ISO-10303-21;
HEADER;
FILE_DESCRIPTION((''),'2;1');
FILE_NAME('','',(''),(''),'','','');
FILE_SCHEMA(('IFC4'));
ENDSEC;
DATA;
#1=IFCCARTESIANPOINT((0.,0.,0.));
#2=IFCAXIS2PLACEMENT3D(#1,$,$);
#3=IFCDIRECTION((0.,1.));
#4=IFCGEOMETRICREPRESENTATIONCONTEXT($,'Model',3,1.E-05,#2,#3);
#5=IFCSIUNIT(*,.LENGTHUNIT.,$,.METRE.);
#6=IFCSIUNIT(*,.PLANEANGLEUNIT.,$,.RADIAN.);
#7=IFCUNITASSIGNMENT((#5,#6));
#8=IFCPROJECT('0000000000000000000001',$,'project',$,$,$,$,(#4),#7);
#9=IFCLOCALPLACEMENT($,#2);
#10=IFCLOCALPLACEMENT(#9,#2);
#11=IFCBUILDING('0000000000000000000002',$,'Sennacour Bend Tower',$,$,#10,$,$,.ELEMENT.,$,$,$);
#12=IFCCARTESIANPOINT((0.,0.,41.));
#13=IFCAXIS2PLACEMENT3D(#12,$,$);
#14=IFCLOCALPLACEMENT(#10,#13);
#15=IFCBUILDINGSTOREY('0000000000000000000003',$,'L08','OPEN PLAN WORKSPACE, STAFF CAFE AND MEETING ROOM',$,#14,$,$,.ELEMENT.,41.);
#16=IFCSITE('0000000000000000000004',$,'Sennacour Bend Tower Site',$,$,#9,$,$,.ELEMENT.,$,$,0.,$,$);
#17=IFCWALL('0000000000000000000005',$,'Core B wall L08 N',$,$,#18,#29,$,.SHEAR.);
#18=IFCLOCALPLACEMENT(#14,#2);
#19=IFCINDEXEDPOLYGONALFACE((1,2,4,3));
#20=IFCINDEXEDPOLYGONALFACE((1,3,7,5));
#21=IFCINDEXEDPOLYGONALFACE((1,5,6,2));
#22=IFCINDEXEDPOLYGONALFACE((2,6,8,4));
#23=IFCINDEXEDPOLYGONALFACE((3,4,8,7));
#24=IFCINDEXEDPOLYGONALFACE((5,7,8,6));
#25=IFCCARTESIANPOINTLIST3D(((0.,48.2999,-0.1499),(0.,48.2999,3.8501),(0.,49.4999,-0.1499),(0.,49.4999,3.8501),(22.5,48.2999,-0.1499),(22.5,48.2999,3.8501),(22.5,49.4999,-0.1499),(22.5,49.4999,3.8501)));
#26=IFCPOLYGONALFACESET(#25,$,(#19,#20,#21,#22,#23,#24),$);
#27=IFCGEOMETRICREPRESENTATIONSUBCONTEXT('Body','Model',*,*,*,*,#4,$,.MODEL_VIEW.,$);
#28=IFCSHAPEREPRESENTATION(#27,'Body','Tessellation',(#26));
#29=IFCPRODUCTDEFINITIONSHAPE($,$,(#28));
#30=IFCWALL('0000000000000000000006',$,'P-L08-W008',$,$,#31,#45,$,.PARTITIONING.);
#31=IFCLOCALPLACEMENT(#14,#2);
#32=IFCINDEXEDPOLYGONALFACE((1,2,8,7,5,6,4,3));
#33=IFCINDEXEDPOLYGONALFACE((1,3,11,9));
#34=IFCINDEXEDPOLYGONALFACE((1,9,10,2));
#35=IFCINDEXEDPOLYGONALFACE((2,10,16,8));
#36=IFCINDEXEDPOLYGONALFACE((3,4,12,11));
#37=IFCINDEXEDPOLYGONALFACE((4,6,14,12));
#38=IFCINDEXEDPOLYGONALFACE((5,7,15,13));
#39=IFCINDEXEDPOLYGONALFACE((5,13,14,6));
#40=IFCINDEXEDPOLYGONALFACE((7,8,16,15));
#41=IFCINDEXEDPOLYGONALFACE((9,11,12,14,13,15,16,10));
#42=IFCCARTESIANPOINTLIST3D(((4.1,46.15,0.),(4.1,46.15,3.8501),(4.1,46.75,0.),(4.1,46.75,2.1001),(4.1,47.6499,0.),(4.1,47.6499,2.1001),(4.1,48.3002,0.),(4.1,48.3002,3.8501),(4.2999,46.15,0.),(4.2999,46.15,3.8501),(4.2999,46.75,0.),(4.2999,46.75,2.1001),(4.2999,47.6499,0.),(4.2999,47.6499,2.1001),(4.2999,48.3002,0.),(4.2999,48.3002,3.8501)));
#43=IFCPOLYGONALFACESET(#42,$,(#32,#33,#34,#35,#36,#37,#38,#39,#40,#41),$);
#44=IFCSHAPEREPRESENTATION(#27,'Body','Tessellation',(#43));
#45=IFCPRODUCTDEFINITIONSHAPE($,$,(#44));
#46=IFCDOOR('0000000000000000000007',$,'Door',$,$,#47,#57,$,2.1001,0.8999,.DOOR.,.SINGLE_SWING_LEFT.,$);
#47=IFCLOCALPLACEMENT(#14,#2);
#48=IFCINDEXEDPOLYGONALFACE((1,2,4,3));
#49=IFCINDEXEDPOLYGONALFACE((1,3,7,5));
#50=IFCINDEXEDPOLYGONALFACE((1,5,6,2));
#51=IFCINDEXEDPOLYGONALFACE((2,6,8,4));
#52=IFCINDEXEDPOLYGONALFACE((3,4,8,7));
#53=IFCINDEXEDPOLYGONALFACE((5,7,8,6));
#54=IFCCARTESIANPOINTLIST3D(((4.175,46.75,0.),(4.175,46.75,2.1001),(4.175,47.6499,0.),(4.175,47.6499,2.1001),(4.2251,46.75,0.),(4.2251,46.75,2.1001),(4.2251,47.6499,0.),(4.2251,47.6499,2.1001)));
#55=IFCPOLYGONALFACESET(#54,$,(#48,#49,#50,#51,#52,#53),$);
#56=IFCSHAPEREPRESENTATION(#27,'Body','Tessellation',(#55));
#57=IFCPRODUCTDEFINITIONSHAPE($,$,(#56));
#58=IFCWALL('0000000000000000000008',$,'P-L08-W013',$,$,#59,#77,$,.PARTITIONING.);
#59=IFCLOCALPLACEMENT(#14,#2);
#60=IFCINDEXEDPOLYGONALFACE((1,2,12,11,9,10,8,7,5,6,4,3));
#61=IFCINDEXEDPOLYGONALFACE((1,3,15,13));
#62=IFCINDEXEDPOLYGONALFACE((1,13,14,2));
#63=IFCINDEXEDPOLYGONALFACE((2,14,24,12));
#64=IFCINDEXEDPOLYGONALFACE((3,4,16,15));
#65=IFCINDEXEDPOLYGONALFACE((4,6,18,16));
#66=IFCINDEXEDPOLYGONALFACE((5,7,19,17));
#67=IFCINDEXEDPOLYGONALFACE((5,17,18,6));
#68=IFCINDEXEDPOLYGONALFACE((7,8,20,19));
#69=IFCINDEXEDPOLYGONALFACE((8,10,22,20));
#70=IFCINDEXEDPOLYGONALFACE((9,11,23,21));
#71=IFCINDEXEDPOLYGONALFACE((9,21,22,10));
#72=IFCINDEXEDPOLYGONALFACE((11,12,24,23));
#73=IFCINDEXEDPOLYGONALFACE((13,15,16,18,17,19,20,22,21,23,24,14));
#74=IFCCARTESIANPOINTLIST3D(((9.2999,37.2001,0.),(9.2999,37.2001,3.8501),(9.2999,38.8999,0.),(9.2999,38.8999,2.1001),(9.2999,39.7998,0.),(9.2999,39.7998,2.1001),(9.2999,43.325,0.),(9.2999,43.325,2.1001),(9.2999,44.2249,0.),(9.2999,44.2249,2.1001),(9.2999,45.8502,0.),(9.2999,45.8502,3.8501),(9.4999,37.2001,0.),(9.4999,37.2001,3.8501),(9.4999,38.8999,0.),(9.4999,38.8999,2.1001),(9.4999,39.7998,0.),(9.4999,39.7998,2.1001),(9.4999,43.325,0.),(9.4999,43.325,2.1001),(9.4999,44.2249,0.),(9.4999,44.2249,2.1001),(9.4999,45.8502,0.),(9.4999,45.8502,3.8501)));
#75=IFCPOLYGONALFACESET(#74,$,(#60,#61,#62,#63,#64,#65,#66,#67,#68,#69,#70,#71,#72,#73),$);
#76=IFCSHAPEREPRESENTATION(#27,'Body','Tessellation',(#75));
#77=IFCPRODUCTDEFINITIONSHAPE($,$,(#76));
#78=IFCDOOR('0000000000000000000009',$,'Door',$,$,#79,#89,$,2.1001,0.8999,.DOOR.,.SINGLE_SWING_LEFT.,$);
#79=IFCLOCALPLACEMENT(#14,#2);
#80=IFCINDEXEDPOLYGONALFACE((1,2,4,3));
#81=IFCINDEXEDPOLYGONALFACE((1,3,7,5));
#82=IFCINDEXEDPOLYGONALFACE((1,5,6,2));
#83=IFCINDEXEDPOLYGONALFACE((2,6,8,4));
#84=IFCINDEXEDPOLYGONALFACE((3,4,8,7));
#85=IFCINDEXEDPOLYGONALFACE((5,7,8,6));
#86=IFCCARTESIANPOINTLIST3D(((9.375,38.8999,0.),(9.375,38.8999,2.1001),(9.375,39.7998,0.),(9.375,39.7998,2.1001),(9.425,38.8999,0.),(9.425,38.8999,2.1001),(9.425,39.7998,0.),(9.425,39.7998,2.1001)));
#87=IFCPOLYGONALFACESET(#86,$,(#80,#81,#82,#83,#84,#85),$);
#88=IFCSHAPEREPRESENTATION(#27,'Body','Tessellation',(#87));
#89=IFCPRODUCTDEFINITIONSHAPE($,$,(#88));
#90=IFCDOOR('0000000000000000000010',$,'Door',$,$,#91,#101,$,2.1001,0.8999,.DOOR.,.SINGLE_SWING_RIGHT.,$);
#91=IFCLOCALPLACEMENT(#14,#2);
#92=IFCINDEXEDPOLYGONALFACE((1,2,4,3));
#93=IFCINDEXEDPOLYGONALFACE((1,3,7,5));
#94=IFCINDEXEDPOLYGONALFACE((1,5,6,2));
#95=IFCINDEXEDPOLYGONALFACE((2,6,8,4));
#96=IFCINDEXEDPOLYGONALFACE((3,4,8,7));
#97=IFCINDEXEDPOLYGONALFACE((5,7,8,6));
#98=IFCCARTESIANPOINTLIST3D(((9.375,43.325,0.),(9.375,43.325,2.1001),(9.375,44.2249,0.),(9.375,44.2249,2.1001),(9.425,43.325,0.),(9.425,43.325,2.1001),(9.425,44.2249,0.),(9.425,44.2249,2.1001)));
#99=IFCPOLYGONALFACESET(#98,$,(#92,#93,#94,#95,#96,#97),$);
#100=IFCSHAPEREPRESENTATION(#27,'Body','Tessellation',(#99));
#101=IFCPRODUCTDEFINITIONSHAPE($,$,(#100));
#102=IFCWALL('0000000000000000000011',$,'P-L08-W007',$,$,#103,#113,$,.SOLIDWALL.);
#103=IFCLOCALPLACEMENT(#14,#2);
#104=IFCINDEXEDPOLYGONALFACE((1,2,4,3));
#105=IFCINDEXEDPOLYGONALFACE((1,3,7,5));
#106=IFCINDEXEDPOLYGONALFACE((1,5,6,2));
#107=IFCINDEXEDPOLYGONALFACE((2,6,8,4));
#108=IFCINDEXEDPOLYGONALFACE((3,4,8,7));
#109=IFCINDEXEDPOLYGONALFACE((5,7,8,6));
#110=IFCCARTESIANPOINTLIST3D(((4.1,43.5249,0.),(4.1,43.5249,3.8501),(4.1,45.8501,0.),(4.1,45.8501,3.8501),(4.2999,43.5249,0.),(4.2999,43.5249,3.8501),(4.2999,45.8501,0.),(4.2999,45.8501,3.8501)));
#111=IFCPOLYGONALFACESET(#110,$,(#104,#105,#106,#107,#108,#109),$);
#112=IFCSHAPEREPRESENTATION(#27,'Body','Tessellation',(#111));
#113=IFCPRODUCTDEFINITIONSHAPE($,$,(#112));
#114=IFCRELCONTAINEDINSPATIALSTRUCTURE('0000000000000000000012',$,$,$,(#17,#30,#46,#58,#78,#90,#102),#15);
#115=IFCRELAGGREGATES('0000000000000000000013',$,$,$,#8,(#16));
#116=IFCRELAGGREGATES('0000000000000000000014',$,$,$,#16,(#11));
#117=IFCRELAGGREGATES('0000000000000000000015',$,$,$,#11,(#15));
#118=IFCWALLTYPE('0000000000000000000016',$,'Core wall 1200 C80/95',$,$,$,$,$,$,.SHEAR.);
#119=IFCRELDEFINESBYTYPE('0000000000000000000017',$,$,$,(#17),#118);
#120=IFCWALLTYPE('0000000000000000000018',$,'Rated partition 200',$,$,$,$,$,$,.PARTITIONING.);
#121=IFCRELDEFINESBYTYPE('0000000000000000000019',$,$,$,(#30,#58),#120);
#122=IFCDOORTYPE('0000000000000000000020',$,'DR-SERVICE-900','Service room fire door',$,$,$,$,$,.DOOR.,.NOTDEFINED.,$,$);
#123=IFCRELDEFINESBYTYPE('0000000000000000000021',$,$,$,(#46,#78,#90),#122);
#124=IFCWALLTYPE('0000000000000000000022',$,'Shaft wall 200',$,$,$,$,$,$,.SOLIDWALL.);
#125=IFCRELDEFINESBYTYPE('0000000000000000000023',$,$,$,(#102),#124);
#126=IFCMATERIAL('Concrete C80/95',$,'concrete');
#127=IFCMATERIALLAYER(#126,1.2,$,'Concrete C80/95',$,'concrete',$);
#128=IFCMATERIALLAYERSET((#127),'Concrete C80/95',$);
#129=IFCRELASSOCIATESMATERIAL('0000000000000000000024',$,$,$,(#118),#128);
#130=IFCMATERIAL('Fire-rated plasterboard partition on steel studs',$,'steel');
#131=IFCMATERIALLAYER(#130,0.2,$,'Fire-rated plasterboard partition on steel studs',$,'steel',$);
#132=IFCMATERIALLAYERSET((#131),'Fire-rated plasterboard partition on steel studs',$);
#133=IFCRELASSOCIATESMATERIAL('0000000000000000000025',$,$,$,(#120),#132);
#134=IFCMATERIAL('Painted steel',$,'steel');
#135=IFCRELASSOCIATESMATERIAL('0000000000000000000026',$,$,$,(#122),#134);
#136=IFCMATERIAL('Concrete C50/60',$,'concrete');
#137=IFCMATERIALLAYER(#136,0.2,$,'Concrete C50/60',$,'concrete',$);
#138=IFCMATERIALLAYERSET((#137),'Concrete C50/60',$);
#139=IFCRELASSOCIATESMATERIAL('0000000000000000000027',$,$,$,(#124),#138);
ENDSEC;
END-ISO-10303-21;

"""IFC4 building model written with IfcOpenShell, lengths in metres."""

from ifc_helpers import new_model, si_unit, direction, frame, frame_2d, origin, place, context, subcontext, project, spatial, rectangle, extrude, material, layer, layer_set, type_object, element, fill, save


model = new_model("IFC4")

# Units and contexts
model_context = context("Model", 3, precision=1e-05, world=origin(), true_north=direction((0.0, 1.0)))
body_context = subcontext(model_context, "Body", "Model", "MODEL_VIEW")
ifc_project = project(units=[si_unit("LENGTHUNIT", "METRE"), si_unit("PLANEANGLEUNIT", "RADIAN")], contexts=[model_context])

# Site, building, storey
site_placement = place(None, origin())
site = spatial("IfcSite", under=ifc_project, at=site_placement, Name="Sennacour Bend Tower Site", CompositionType="ELEMENT", RefElevation=0.0)
building_placement = place(site_placement, origin())
building = spatial("IfcBuilding", under=site, at=building_placement, Name="Sennacour Bend Tower", CompositionType="ELEMENT")
storey_placement = place(building_placement, frame((0.0, 0.0, 41.0)))
storey = spatial("IfcBuildingStorey", under=building, at=storey_placement, Name="L08", Description="OPEN PLAN WORKSPACE, STAFF CAFE AND MEETING ROOM", CompositionType="ELEMENT", Elevation=41.0)

# Wall
ifc_material_1 = material(Name="Concrete C80/95", Category="concrete")
ifc_layer_1 = layer(ifc_material_1, 1.2, Name="Concrete C80/95", Category="concrete")
ifc_layer_set_1 = layer_set([ifc_layer_1], Name="Concrete C80/95")
wall_type_1 = type_object("IfcWallType", Name="Core wall 1200 C80/95", PredefinedType="SHEAR", material=ifc_layer_set_1)
wall_1_placement = place(storey_placement, frame((0.0, 48.8999, -0.1499), z_axis=(0.0, 0.0, 1.0), x_axis=(1.0, 0.0, 0.0)))
element("IfcWall", 1, at=wall_1_placement, inside=storey, type_object=wall_type_1, Name="Core B wall L08 N", PredefinedType="SHEAR", context=body_context, shape_type="SweptSolid", body=[
    extrude(rectangle(XDim=22.5, YDim=1.2, at=frame_2d((11.25, 0.0))), origin(), (0.0, 0.0, 1.0), 4.0),
])

# Wall, opening, door
ifc_material_2 = material(Name="Fire-rated plasterboard partition on steel studs", Category="steel")
ifc_layer_2 = layer(ifc_material_2, 0.2, Name="Fire-rated plasterboard partition on steel studs", Category="steel")
ifc_layer_set_2 = layer_set([ifc_layer_2], Name="Fire-rated plasterboard partition on steel studs")
wall_type_2 = type_object("IfcWallType", Name="Rated partition 200", PredefinedType="PARTITIONING", material=ifc_layer_set_2)
wall_2_placement = place(storey_placement, frame((4.2, 46.1499, 0.0), z_axis=(0.0, 0.0, 1.0), x_axis=(0.0, 1.0, 0.0)))
wall_2 = element("IfcWall", 2, at=wall_2_placement, inside=storey, type_object=wall_type_2, Name="P-L08-W008", PredefinedType="PARTITIONING", context=body_context, shape_type="SweptSolid", body=[
    extrude(rectangle(XDim=2.1501, YDim=0.2, at=frame_2d((1.0752, 0.0))), origin(), (0.0, 0.0, 1.0), 3.8501),
])
opening_1_placement = place(wall_2_placement, frame((0.6001, 0.0, 0.0)))
opening_1 = element("IfcOpeningElement", 3, at=opening_1_placement, cuts=wall_2, PredefinedType="OPENING", context=body_context, shape_type="SweptSolid", body=[
    extrude(rectangle(XDim=0.8999, YDim=2.1001, at=frame_2d((0.45, 1.05))), frame((0.0, 0.1099, 0.0), z_axis=(0.0, -1.0, 0.0), x_axis=(1.0, 0.0, 0.0)), (0.0, 0.0, 1.0), 0.22),
])
ifc_material_3 = material(Name="Painted steel", Category="steel")
door_type_1 = type_object("IfcDoorType", Name="DR-SERVICE-900", Description="Service room fire door", OperationType="NOTDEFINED", PredefinedType="DOOR", material=ifc_material_3)
door_1_placement = place(opening_1_placement, origin())
door_1 = element("IfcDoor", 4, at=door_1_placement, inside=storey, type_object=door_type_1, Name="Door", OperationType="SINGLE_SWING_LEFT", OverallHeight=2.1001, OverallWidth=0.8999, PredefinedType="DOOR", context=body_context, shape_type="SweptSolid", body=[
    extrude(rectangle(XDim=0.8999, YDim=2.1001, at=frame_2d((0.45, 1.05))), frame((0.0, 0.0249, 0.0), z_axis=(0.0, -1.0, 0.0), x_axis=(1.0, 0.0, 0.0)), (0.0, 0.0, 1.0), 0.05),
])
fill(opening_1, door_1)

# Wall, openings, doors
wall_3_placement = place(storey_placement, frame((9.3999, 37.2, 0.0), z_axis=(0.0, 0.0, 1.0), x_axis=(0.0, 1.0, 0.0)))
wall_3 = element("IfcWall", 5, at=wall_3_placement, inside=storey, type_object=wall_type_2, Name="P-L08-W013", PredefinedType="PARTITIONING", context=body_context, shape_type="SweptSolid", body=[
    extrude(rectangle(XDim=8.6501, YDim=0.2, at=frame_2d((4.3252, 0.0))), origin(), (0.0, 0.0, 1.0), 3.8501),
])
opening_2_placement = place(wall_3_placement, frame((1.7, 0.0, 0.0)))
opening_2 = element("IfcOpeningElement", 6, at=opening_2_placement, cuts=wall_3, PredefinedType="OPENING", context=body_context, shape_type="SweptSolid", body=[
    extrude(rectangle(XDim=0.8999, YDim=2.1001, at=frame_2d((0.45, 1.05))), frame((0.0, 0.1099, 0.0), z_axis=(0.0, -1.0, 0.0), x_axis=(1.0, 0.0, 0.0)), (0.0, 0.0, 1.0), 0.22),
])
opening_3_placement = place(wall_3_placement, frame((6.125, 0.0, 0.0)))
opening_3 = element("IfcOpeningElement", 7, at=opening_3_placement, cuts=wall_3, PredefinedType="OPENING", context=body_context, shape_type="SweptSolid", body=[
    extrude(rectangle(XDim=0.8999, YDim=2.1001, at=frame_2d((0.45, 1.05))), frame((0.0, 0.1099, 0.0), z_axis=(0.0, -1.0, 0.0), x_axis=(1.0, 0.0, 0.0)), (0.0, 0.0, 1.0), 0.22),
])
door_2_placement = place(opening_2_placement, origin())
door_2 = element("IfcDoor", 8, at=door_2_placement, inside=storey, type_object=door_type_1, Name="Door", OperationType="SINGLE_SWING_LEFT", OverallHeight=2.1001, OverallWidth=0.8999, PredefinedType="DOOR", context=body_context, shape_type="SweptSolid", body=[
    extrude(rectangle(XDim=0.8999, YDim=2.1001, at=frame_2d((0.45, 1.05))), frame((0.0, 0.0249, 0.0), z_axis=(0.0, -1.0, 0.0), x_axis=(1.0, 0.0, 0.0)), (0.0, 0.0, 1.0), 0.05),
])
fill(opening_2, door_2)
door_3_placement = place(opening_3_placement, origin())
door_3 = element("IfcDoor", 9, at=door_3_placement, inside=storey, type_object=door_type_1, Name="Door", OperationType="SINGLE_SWING_RIGHT", OverallHeight=2.1001, OverallWidth=0.8999, PredefinedType="DOOR", context=body_context, shape_type="SweptSolid", body=[
    extrude(rectangle(XDim=0.8999, YDim=2.1001, at=frame_2d((0.45, 1.05))), frame((0.0, 0.0249, 0.0), z_axis=(0.0, -1.0, 0.0), x_axis=(1.0, 0.0, 0.0)), (0.0, 0.0, 1.0), 0.05),
])
fill(opening_3, door_3)

# Wall
ifc_material_4 = material(Name="Concrete C50/60", Category="concrete")
ifc_layer_3 = layer(ifc_material_4, 0.2, Name="Concrete C50/60", Category="concrete")
ifc_layer_set_3 = layer_set([ifc_layer_3], Name="Concrete C50/60")
wall_type_3 = type_object("IfcWallType", Name="Shaft wall 200", PredefinedType="SOLIDWALL", material=ifc_layer_set_3)
wall_4_placement = place(storey_placement, frame((4.2, 43.5249, 0.0), z_axis=(0.0, 0.0, 1.0), x_axis=(0.0, 1.0, 0.0)))
element("IfcWall", 10, at=wall_4_placement, inside=storey, type_object=wall_type_3, Name="P-L08-W007", PredefinedType="SOLIDWALL", context=body_context, shape_type="SweptSolid", body=[
    extrude(rectangle(XDim=2.3252, YDim=0.2, at=frame_2d((1.1626, 0.0))), origin(), (0.0, 0.0, 1.0), 3.8501),
])

save(model, "model.ifc")
